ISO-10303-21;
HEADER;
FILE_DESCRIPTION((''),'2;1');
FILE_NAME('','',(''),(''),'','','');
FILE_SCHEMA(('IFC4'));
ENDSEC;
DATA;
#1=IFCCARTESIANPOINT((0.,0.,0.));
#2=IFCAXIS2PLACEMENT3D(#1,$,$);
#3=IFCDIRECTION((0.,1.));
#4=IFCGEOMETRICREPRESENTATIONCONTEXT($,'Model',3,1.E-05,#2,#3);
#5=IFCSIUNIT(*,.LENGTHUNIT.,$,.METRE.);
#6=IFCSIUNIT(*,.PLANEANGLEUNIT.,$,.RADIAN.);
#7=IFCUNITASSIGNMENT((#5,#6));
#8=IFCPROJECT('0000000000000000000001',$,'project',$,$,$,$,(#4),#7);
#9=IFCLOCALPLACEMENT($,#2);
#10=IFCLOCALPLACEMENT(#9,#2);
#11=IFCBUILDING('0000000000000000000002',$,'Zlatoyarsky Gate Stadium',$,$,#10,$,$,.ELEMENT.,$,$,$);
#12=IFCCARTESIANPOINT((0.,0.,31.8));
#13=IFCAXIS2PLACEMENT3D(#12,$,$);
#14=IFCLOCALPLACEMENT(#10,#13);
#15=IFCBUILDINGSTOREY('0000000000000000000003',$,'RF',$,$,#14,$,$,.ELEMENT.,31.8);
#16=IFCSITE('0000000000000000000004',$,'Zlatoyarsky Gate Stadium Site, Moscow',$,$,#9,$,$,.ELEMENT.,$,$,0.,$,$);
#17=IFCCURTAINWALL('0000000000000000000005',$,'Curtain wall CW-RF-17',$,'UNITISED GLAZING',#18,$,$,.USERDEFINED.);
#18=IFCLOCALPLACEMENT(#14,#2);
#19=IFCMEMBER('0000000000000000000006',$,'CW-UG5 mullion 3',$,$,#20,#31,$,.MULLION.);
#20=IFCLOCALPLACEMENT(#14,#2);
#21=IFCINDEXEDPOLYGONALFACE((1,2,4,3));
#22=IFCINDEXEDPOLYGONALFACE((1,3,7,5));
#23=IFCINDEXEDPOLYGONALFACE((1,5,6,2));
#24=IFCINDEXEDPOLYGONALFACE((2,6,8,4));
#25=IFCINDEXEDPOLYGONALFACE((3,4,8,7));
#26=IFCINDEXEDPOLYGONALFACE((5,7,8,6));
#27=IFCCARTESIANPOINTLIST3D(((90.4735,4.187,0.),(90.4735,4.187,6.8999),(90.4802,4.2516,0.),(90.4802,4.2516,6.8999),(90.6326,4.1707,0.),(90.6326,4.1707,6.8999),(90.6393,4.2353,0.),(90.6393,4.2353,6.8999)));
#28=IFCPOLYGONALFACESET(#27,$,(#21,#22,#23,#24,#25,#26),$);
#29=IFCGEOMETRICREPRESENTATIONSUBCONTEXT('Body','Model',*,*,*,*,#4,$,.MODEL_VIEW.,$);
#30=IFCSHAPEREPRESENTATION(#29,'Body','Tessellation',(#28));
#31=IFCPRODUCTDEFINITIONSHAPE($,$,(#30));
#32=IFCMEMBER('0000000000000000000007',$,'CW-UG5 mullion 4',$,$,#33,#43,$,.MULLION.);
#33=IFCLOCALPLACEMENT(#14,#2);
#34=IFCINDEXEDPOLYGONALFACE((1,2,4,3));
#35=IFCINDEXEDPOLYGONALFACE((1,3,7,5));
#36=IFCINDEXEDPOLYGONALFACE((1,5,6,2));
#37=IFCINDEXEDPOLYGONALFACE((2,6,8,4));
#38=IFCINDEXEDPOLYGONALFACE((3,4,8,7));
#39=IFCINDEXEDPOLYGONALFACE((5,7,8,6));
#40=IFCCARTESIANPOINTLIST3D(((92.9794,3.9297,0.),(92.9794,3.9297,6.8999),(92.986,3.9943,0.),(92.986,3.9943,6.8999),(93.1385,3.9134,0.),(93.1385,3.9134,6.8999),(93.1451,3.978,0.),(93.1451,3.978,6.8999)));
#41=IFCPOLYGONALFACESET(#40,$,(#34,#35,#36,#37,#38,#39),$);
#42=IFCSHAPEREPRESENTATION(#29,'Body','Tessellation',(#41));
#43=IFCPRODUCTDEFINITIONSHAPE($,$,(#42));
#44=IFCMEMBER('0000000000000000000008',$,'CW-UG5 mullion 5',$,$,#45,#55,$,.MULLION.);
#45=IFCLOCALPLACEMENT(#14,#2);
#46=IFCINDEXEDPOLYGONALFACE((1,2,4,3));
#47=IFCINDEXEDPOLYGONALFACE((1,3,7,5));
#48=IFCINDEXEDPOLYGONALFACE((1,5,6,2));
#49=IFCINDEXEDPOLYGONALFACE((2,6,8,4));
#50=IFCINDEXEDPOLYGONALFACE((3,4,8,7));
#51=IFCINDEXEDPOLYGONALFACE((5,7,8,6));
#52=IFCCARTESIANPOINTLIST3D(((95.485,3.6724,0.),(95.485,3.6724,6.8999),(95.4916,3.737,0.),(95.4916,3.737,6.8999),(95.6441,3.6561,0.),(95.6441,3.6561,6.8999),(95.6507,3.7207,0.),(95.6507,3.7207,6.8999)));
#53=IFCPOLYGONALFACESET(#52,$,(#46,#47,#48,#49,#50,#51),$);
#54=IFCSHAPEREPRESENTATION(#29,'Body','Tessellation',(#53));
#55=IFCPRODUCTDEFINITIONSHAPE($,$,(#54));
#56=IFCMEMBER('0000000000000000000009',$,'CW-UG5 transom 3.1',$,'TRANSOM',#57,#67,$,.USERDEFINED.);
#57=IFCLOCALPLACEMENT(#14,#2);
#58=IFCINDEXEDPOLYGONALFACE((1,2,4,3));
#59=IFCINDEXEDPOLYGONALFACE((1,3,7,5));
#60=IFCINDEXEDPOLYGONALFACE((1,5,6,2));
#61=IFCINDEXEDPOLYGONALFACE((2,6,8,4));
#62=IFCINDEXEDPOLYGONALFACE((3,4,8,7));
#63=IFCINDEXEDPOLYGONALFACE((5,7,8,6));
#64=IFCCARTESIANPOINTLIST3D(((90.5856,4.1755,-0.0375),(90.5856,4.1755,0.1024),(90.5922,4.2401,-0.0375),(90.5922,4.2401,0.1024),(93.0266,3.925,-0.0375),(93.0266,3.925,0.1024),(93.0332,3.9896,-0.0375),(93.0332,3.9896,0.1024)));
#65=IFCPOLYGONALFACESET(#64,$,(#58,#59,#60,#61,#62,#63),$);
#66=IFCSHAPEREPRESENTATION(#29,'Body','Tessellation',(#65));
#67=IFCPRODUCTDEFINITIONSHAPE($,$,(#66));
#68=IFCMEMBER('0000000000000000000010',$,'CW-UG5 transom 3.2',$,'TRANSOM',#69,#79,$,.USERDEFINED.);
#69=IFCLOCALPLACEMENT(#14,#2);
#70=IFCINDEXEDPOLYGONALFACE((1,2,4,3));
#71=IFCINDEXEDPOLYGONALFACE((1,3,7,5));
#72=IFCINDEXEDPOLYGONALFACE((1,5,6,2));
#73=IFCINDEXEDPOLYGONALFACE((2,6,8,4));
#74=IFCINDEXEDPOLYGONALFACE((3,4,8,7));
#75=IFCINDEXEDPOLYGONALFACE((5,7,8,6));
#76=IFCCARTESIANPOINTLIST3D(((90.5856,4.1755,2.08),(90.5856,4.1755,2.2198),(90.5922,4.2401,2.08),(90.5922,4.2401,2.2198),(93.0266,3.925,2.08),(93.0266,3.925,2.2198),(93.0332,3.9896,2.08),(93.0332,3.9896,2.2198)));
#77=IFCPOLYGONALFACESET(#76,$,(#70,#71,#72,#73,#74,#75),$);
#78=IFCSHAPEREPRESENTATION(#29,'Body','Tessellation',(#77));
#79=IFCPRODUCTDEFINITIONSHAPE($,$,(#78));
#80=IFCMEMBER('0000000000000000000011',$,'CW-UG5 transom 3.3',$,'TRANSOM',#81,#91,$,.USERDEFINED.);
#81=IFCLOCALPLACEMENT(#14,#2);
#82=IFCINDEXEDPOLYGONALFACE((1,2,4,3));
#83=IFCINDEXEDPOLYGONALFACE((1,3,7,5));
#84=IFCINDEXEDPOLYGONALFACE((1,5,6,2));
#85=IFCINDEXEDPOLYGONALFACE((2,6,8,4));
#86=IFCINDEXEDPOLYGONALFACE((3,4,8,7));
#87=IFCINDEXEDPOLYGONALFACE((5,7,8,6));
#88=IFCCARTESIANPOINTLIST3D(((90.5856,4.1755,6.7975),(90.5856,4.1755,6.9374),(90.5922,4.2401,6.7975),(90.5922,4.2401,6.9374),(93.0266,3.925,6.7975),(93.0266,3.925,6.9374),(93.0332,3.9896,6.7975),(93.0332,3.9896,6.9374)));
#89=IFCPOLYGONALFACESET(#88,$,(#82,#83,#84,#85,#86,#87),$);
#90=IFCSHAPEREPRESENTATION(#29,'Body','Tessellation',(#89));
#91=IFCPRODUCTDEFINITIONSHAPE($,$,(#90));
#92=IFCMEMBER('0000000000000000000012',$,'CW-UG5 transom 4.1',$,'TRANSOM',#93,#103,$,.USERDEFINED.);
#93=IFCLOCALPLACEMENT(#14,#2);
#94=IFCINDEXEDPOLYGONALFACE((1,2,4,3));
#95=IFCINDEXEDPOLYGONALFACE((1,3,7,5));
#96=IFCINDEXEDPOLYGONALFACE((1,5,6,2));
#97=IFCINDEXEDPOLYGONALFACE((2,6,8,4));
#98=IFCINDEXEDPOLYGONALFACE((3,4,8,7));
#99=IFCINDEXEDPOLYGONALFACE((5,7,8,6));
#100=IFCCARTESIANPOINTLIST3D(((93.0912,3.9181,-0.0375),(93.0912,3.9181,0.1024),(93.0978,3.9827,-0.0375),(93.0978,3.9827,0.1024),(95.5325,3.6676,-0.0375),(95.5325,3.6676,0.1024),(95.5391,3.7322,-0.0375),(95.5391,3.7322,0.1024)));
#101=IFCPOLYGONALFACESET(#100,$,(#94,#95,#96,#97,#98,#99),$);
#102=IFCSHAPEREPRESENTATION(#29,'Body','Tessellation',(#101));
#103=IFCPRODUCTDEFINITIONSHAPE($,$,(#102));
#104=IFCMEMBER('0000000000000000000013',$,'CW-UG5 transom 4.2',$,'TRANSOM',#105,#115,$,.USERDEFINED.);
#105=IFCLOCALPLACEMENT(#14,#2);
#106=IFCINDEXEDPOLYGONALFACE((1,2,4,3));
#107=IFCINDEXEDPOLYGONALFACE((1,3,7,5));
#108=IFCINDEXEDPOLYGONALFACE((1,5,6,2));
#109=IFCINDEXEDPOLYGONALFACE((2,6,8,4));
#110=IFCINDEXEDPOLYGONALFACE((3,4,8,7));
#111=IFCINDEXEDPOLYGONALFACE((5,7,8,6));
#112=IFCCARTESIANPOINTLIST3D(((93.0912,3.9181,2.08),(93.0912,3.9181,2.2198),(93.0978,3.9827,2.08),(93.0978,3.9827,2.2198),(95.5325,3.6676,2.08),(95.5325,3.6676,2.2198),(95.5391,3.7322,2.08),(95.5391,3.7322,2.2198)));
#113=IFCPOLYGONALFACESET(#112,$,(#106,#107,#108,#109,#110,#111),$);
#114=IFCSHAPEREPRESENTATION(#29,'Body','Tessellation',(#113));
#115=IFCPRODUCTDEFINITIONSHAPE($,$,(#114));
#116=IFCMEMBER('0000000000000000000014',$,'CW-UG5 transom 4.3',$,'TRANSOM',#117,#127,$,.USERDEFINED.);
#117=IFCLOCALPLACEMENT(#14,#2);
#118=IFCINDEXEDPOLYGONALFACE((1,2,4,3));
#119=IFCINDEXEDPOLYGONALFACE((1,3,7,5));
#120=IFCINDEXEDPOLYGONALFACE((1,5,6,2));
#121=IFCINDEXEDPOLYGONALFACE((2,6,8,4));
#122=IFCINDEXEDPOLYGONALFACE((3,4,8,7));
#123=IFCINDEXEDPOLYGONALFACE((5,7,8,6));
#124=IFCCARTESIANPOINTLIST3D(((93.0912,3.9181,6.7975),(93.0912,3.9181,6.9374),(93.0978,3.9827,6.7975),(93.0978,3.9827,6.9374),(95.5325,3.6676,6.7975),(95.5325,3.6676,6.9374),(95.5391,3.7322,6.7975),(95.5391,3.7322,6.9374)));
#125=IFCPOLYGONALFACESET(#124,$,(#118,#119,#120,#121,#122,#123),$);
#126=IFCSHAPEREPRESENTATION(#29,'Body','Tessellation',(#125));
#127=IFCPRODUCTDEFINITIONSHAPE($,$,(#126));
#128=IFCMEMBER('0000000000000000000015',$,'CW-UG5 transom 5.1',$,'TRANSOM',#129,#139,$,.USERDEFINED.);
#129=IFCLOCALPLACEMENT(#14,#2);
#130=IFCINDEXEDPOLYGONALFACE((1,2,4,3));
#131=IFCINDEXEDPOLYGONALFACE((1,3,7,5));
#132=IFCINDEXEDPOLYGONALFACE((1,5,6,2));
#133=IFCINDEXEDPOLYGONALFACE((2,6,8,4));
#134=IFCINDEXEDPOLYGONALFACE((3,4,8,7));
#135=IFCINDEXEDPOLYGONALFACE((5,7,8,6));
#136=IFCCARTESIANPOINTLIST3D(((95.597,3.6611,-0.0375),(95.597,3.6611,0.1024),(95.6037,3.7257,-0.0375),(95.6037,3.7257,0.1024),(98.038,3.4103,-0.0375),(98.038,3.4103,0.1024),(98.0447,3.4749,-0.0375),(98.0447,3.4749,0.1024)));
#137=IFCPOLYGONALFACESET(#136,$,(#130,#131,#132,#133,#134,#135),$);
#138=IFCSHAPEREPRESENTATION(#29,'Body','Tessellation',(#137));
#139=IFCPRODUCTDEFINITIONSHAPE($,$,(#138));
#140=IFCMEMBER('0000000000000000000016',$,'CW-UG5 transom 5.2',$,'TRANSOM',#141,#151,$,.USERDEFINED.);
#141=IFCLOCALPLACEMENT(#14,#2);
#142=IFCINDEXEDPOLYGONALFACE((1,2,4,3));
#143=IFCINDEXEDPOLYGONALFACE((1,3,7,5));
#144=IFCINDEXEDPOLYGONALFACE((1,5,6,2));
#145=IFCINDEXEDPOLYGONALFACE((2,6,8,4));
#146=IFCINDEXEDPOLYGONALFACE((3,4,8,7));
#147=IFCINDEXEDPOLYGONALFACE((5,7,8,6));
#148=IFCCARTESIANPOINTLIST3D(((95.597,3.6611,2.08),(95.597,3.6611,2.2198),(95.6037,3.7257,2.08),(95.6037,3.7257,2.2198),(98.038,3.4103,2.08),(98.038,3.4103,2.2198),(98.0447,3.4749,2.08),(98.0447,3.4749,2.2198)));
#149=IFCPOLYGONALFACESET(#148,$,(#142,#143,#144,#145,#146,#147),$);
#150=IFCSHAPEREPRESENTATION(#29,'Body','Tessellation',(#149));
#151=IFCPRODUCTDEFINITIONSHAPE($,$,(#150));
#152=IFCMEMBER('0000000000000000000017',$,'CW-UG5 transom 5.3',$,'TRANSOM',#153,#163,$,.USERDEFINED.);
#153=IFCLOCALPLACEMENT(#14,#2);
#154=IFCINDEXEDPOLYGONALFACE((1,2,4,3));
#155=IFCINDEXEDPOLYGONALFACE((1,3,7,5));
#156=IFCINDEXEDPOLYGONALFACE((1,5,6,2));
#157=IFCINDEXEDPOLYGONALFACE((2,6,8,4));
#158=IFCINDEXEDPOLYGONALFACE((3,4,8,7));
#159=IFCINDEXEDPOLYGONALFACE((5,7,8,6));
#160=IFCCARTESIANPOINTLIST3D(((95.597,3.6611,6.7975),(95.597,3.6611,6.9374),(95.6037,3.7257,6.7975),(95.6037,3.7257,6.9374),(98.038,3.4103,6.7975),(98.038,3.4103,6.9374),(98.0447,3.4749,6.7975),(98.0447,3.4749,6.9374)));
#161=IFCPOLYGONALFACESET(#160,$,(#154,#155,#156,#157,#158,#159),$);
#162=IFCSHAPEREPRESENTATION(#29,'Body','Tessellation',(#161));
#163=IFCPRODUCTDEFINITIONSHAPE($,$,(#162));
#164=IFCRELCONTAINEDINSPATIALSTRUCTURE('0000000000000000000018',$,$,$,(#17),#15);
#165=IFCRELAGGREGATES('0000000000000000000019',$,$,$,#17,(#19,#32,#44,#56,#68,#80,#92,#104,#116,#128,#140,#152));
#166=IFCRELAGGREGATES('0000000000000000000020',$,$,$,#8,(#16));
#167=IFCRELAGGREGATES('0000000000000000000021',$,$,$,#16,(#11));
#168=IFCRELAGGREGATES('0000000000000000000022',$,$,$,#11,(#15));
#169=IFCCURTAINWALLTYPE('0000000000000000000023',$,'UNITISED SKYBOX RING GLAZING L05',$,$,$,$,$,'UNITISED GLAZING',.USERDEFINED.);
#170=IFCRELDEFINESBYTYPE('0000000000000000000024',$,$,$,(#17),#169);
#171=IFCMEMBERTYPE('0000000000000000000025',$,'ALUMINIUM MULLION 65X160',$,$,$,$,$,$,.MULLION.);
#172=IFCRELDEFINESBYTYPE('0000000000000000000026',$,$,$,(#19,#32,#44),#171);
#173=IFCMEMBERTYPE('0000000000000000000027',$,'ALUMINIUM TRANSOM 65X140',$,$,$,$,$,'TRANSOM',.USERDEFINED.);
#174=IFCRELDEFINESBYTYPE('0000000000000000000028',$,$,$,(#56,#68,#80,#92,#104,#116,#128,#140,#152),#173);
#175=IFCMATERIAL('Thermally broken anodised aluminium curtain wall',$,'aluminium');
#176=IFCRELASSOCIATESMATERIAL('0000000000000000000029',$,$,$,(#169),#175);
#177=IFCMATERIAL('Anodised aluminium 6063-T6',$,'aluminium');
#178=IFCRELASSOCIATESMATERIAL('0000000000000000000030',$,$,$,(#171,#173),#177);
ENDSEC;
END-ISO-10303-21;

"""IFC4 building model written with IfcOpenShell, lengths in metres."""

from ifc_helpers import new_model, si_unit, direction, frame, origin, origin_2d, place, context, subcontext, project, spatial, rectangle, extrude, material, material_profile, profile_set, type_object, element, aggregate, save


model = new_model("IFC4")

# Units and contexts
model_context = context("Model", 3, precision=1e-05, world=origin(), true_north=direction((0.0, 1.0)))
body_context = subcontext(model_context, "Body", "Model", "MODEL_VIEW")
ifc_project = project(units=[si_unit("LENGTHUNIT", "METRE"), si_unit("PLANEANGLEUNIT", "RADIAN")], contexts=[model_context])

# Site, building, storey
site_placement = place(None, origin())
site = spatial("IfcSite", under=ifc_project, at=site_placement, Name="Zlatoyarsky Gate Stadium Site, Moscow", CompositionType="ELEMENT", RefElevation=0.0)
building_placement = place(site_placement, origin())
building = spatial("IfcBuilding", under=site, at=building_placement, Name="Zlatoyarsky Gate Stadium", CompositionType="ELEMENT")
storey_placement = place(building_placement, frame((0.0, 0.0, 31.8)))
storey = spatial("IfcBuildingStorey", under=building, at=storey_placement, Name="RF", CompositionType="ELEMENT", Elevation=31.8)

# Curtain wall, members
ifc_material_1 = material(Name="Thermally broken anodised aluminium curtain wall", Category="aluminium")
curtain_wall_type = type_object("IfcCurtainWallType", Name="UNITISED SKYBOX RING GLAZING L05", ElementType="UNITISED GLAZING", PredefinedType="USERDEFINED", material=ifc_material_1)
curtain_wall_placement = place(storey_placement, origin())
curtain_wall = element("IfcCurtainWall", 1, at=curtain_wall_placement, inside=storey, type_object=curtain_wall_type, Name="Curtain wall CW-RF-17", ObjectType="UNITISED GLAZING", PredefinedType="USERDEFINED")
ifc_material_2 = material(Name="Anodised aluminium 6063-T6", Category="aluminium")
ifc_material_profile_1 = material_profile(ifc_material_2, rectangle(XDim=0.0649, YDim=0.1599, at=origin_2d()), Name="ALU 65X160")
ifc_profile_set_1 = profile_set([ifc_material_profile_1], Name="Anodised aluminium 6063-T6")
member_type_1 = type_object("IfcMemberType", Name="ALUMINIUM MULLION 65X160", PredefinedType="MULLION", material=ifc_profile_set_1)
member_1_placement = place(storey_placement, frame((90.5564, 4.2112, 0.0), z_axis=(0.0, 0.0, 1.0), x_axis=(0.102125, 0.994772, 0.0)))
member_1 = element("IfcMember", 2, at=member_1_placement, type_object=member_type_1, Name="CW-UG5 mullion 3", PredefinedType="MULLION", context=body_context, shape_type="SweptSolid", body=[
    extrude(rectangle(XDim=0.0649, YDim=0.1599, at=origin_2d()), origin(), (0.0, 0.0, 1.0), 6.8999),
])
member_2_placement = place(storey_placement, frame((93.0623, 3.9539, 0.0), z_axis=(0.0, 0.0, 1.0), x_axis=(0.102125, 0.994772, 0.0)))
member_2 = element("IfcMember", 3, at=member_2_placement, type_object=member_type_1, Name="CW-UG5 mullion 4", PredefinedType="MULLION", context=body_context, shape_type="SweptSolid", body=[
    extrude(rectangle(XDim=0.0649, YDim=0.1599, at=origin_2d()), origin(), (0.0, 0.0, 1.0), 6.8999),
])
member_3_placement = place(storey_placement, frame((95.5679, 3.6965, 0.0), z_axis=(0.0, 0.0, 1.0), x_axis=(0.102125, 0.994772, 0.0)))
member_3 = element("IfcMember", 4, at=member_3_placement, type_object=member_type_1, Name="CW-UG5 mullion 5", PredefinedType="MULLION", context=body_context, shape_type="SweptSolid", body=[
    extrude(rectangle(XDim=0.0649, YDim=0.1599, at=origin_2d()), origin(), (0.0, 0.0, 1.0), 6.8999),
])
ifc_material_profile_2 = material_profile(ifc_material_2, rectangle(XDim=0.0649, YDim=0.1399, at=origin_2d()), Name="ALU 65X140")
ifc_profile_set_2 = profile_set([ifc_material_profile_2], Name="Anodised aluminium 6063-T6")
member_type_2 = type_object("IfcMemberType", Name="ALUMINIUM TRANSOM 65X140", ElementType="TRANSOM", PredefinedType="USERDEFINED", material=ifc_profile_set_2)
member_4_placement = place(storey_placement, frame((90.5889, 4.2078, 0.0325), z_axis=(0.994776, -0.102084, 0.0), x_axis=(0.102084, 0.994776, 0.0)))
member_4 = element("IfcMember", 5, at=member_4_placement, type_object=member_type_2, Name="CW-UG5 transom 3.1", ObjectType="TRANSOM", PredefinedType="USERDEFINED", context=body_context, shape_type="SweptSolid", body=[
    extrude(rectangle(XDim=0.0649, YDim=0.1399, at=origin_2d()), origin(), (0.0, 0.0, 1.0), 2.4539),
])
member_5_placement = place(storey_placement, frame((90.5889, 4.2078, 2.1499), z_axis=(0.994776, -0.102084, 0.0), x_axis=(0.102084, 0.994776, 0.0)))
member_5 = element("IfcMember", 6, at=member_5_placement, type_object=member_type_2, Name="CW-UG5 transom 3.2", ObjectType="TRANSOM", PredefinedType="USERDEFINED", context=body_context, shape_type="SweptSolid", body=[
    extrude(rectangle(XDim=0.0649, YDim=0.1399, at=origin_2d()), origin(), (0.0, 0.0, 1.0), 2.4539),
])
member_6_placement = place(storey_placement, frame((90.5889, 4.2078, 6.8674), z_axis=(0.994776, -0.102084, 0.0), x_axis=(0.102084, 0.994776, 0.0)))
member_6 = element("IfcMember", 7, at=member_6_placement, type_object=member_type_2, Name="CW-UG5 transom 3.3", ObjectType="TRANSOM", PredefinedType="USERDEFINED", context=body_context, shape_type="SweptSolid", body=[
    extrude(rectangle(XDim=0.0649, YDim=0.1399, at=origin_2d()), origin(), (0.0, 0.0, 1.0), 2.4539),
])
member_7_placement = place(storey_placement, frame((93.0945, 3.9504, 0.0325), z_axis=(0.994777, -0.102074, 0.0), x_axis=(0.102074, 0.994777, 0.0)))
member_7 = element("IfcMember", 8, at=member_7_placement, type_object=member_type_2, Name="CW-UG5 transom 4.1", ObjectType="TRANSOM", PredefinedType="USERDEFINED", context=body_context, shape_type="SweptSolid", body=[
    extrude(rectangle(XDim=0.0649, YDim=0.1399, at=origin_2d()), origin(), (0.0, 0.0, 1.0), 2.4541),
])
member_8_placement = place(storey_placement, frame((93.0945, 3.9504, 2.1499), z_axis=(0.994777, -0.102074, 0.0), x_axis=(0.102074, 0.994777, 0.0)))
member_8 = element("IfcMember", 9, at=member_8_placement, type_object=member_type_2, Name="CW-UG5 transom 4.2", ObjectType="TRANSOM", PredefinedType="USERDEFINED", context=body_context, shape_type="SweptSolid", body=[
    extrude(rectangle(XDim=0.0649, YDim=0.1399, at=origin_2d()), origin(), (0.0, 0.0, 1.0), 2.4541),
])
member_9_placement = place(storey_placement, frame((93.0945, 3.9504, 6.8674), z_axis=(0.994777, -0.102074, 0.0), x_axis=(0.102074, 0.994777, 0.0)))
member_9 = element("IfcMember", 10, at=member_9_placement, type_object=member_type_2, Name="CW-UG5 transom 4.3", ObjectType="TRANSOM", PredefinedType="USERDEFINED", context=body_context, shape_type="SweptSolid", body=[
    extrude(rectangle(XDim=0.0649, YDim=0.1399, at=origin_2d()), origin(), (0.0, 0.0, 1.0), 2.4541),
])
member_10_placement = place(storey_placement, frame((95.6003, 3.6934, 0.0325), z_axis=(0.994766, -0.102183, 0.0), x_axis=(0.102183, 0.994766, 0.0)))
member_10 = element("IfcMember", 11, at=member_10_placement, type_object=member_type_2, Name="CW-UG5 transom 5.1", ObjectType="TRANSOM", PredefinedType="USERDEFINED", context=body_context, shape_type="SweptSolid", body=[
    extrude(rectangle(XDim=0.0649, YDim=0.1399, at=origin_2d()), origin(), (0.0, 0.0, 1.0), 2.4539),
])
member_11_placement = place(storey_placement, frame((95.6003, 3.6934, 2.1499), z_axis=(0.994766, -0.102183, 0.0), x_axis=(0.102183, 0.994766, 0.0)))
member_11 = element("IfcMember", 12, at=member_11_placement, type_object=member_type_2, Name="CW-UG5 transom 5.2", ObjectType="TRANSOM", PredefinedType="USERDEFINED", context=body_context, shape_type="SweptSolid", body=[
    extrude(rectangle(XDim=0.0649, YDim=0.1399, at=origin_2d()), origin(), (0.0, 0.0, 1.0), 2.4539),
])
member_12_placement = place(storey_placement, frame((95.6003, 3.6934, 6.8674), z_axis=(0.994766, -0.102183, 0.0), x_axis=(0.102183, 0.994766, 0.0)))
member_12 = element("IfcMember", 13, at=member_12_placement, type_object=member_type_2, Name="CW-UG5 transom 5.3", ObjectType="TRANSOM", PredefinedType="USERDEFINED", context=body_context, shape_type="SweptSolid", body=[
    extrude(rectangle(XDim=0.0649, YDim=0.1399, at=origin_2d()), origin(), (0.0, 0.0, 1.0), 2.4539),
])

aggregate(curtain_wall, [member_1, member_2, member_3, member_4, member_5, member_6, member_7, member_8, member_9, member_10, member_11, member_12])

save(model, "model.ifc")
